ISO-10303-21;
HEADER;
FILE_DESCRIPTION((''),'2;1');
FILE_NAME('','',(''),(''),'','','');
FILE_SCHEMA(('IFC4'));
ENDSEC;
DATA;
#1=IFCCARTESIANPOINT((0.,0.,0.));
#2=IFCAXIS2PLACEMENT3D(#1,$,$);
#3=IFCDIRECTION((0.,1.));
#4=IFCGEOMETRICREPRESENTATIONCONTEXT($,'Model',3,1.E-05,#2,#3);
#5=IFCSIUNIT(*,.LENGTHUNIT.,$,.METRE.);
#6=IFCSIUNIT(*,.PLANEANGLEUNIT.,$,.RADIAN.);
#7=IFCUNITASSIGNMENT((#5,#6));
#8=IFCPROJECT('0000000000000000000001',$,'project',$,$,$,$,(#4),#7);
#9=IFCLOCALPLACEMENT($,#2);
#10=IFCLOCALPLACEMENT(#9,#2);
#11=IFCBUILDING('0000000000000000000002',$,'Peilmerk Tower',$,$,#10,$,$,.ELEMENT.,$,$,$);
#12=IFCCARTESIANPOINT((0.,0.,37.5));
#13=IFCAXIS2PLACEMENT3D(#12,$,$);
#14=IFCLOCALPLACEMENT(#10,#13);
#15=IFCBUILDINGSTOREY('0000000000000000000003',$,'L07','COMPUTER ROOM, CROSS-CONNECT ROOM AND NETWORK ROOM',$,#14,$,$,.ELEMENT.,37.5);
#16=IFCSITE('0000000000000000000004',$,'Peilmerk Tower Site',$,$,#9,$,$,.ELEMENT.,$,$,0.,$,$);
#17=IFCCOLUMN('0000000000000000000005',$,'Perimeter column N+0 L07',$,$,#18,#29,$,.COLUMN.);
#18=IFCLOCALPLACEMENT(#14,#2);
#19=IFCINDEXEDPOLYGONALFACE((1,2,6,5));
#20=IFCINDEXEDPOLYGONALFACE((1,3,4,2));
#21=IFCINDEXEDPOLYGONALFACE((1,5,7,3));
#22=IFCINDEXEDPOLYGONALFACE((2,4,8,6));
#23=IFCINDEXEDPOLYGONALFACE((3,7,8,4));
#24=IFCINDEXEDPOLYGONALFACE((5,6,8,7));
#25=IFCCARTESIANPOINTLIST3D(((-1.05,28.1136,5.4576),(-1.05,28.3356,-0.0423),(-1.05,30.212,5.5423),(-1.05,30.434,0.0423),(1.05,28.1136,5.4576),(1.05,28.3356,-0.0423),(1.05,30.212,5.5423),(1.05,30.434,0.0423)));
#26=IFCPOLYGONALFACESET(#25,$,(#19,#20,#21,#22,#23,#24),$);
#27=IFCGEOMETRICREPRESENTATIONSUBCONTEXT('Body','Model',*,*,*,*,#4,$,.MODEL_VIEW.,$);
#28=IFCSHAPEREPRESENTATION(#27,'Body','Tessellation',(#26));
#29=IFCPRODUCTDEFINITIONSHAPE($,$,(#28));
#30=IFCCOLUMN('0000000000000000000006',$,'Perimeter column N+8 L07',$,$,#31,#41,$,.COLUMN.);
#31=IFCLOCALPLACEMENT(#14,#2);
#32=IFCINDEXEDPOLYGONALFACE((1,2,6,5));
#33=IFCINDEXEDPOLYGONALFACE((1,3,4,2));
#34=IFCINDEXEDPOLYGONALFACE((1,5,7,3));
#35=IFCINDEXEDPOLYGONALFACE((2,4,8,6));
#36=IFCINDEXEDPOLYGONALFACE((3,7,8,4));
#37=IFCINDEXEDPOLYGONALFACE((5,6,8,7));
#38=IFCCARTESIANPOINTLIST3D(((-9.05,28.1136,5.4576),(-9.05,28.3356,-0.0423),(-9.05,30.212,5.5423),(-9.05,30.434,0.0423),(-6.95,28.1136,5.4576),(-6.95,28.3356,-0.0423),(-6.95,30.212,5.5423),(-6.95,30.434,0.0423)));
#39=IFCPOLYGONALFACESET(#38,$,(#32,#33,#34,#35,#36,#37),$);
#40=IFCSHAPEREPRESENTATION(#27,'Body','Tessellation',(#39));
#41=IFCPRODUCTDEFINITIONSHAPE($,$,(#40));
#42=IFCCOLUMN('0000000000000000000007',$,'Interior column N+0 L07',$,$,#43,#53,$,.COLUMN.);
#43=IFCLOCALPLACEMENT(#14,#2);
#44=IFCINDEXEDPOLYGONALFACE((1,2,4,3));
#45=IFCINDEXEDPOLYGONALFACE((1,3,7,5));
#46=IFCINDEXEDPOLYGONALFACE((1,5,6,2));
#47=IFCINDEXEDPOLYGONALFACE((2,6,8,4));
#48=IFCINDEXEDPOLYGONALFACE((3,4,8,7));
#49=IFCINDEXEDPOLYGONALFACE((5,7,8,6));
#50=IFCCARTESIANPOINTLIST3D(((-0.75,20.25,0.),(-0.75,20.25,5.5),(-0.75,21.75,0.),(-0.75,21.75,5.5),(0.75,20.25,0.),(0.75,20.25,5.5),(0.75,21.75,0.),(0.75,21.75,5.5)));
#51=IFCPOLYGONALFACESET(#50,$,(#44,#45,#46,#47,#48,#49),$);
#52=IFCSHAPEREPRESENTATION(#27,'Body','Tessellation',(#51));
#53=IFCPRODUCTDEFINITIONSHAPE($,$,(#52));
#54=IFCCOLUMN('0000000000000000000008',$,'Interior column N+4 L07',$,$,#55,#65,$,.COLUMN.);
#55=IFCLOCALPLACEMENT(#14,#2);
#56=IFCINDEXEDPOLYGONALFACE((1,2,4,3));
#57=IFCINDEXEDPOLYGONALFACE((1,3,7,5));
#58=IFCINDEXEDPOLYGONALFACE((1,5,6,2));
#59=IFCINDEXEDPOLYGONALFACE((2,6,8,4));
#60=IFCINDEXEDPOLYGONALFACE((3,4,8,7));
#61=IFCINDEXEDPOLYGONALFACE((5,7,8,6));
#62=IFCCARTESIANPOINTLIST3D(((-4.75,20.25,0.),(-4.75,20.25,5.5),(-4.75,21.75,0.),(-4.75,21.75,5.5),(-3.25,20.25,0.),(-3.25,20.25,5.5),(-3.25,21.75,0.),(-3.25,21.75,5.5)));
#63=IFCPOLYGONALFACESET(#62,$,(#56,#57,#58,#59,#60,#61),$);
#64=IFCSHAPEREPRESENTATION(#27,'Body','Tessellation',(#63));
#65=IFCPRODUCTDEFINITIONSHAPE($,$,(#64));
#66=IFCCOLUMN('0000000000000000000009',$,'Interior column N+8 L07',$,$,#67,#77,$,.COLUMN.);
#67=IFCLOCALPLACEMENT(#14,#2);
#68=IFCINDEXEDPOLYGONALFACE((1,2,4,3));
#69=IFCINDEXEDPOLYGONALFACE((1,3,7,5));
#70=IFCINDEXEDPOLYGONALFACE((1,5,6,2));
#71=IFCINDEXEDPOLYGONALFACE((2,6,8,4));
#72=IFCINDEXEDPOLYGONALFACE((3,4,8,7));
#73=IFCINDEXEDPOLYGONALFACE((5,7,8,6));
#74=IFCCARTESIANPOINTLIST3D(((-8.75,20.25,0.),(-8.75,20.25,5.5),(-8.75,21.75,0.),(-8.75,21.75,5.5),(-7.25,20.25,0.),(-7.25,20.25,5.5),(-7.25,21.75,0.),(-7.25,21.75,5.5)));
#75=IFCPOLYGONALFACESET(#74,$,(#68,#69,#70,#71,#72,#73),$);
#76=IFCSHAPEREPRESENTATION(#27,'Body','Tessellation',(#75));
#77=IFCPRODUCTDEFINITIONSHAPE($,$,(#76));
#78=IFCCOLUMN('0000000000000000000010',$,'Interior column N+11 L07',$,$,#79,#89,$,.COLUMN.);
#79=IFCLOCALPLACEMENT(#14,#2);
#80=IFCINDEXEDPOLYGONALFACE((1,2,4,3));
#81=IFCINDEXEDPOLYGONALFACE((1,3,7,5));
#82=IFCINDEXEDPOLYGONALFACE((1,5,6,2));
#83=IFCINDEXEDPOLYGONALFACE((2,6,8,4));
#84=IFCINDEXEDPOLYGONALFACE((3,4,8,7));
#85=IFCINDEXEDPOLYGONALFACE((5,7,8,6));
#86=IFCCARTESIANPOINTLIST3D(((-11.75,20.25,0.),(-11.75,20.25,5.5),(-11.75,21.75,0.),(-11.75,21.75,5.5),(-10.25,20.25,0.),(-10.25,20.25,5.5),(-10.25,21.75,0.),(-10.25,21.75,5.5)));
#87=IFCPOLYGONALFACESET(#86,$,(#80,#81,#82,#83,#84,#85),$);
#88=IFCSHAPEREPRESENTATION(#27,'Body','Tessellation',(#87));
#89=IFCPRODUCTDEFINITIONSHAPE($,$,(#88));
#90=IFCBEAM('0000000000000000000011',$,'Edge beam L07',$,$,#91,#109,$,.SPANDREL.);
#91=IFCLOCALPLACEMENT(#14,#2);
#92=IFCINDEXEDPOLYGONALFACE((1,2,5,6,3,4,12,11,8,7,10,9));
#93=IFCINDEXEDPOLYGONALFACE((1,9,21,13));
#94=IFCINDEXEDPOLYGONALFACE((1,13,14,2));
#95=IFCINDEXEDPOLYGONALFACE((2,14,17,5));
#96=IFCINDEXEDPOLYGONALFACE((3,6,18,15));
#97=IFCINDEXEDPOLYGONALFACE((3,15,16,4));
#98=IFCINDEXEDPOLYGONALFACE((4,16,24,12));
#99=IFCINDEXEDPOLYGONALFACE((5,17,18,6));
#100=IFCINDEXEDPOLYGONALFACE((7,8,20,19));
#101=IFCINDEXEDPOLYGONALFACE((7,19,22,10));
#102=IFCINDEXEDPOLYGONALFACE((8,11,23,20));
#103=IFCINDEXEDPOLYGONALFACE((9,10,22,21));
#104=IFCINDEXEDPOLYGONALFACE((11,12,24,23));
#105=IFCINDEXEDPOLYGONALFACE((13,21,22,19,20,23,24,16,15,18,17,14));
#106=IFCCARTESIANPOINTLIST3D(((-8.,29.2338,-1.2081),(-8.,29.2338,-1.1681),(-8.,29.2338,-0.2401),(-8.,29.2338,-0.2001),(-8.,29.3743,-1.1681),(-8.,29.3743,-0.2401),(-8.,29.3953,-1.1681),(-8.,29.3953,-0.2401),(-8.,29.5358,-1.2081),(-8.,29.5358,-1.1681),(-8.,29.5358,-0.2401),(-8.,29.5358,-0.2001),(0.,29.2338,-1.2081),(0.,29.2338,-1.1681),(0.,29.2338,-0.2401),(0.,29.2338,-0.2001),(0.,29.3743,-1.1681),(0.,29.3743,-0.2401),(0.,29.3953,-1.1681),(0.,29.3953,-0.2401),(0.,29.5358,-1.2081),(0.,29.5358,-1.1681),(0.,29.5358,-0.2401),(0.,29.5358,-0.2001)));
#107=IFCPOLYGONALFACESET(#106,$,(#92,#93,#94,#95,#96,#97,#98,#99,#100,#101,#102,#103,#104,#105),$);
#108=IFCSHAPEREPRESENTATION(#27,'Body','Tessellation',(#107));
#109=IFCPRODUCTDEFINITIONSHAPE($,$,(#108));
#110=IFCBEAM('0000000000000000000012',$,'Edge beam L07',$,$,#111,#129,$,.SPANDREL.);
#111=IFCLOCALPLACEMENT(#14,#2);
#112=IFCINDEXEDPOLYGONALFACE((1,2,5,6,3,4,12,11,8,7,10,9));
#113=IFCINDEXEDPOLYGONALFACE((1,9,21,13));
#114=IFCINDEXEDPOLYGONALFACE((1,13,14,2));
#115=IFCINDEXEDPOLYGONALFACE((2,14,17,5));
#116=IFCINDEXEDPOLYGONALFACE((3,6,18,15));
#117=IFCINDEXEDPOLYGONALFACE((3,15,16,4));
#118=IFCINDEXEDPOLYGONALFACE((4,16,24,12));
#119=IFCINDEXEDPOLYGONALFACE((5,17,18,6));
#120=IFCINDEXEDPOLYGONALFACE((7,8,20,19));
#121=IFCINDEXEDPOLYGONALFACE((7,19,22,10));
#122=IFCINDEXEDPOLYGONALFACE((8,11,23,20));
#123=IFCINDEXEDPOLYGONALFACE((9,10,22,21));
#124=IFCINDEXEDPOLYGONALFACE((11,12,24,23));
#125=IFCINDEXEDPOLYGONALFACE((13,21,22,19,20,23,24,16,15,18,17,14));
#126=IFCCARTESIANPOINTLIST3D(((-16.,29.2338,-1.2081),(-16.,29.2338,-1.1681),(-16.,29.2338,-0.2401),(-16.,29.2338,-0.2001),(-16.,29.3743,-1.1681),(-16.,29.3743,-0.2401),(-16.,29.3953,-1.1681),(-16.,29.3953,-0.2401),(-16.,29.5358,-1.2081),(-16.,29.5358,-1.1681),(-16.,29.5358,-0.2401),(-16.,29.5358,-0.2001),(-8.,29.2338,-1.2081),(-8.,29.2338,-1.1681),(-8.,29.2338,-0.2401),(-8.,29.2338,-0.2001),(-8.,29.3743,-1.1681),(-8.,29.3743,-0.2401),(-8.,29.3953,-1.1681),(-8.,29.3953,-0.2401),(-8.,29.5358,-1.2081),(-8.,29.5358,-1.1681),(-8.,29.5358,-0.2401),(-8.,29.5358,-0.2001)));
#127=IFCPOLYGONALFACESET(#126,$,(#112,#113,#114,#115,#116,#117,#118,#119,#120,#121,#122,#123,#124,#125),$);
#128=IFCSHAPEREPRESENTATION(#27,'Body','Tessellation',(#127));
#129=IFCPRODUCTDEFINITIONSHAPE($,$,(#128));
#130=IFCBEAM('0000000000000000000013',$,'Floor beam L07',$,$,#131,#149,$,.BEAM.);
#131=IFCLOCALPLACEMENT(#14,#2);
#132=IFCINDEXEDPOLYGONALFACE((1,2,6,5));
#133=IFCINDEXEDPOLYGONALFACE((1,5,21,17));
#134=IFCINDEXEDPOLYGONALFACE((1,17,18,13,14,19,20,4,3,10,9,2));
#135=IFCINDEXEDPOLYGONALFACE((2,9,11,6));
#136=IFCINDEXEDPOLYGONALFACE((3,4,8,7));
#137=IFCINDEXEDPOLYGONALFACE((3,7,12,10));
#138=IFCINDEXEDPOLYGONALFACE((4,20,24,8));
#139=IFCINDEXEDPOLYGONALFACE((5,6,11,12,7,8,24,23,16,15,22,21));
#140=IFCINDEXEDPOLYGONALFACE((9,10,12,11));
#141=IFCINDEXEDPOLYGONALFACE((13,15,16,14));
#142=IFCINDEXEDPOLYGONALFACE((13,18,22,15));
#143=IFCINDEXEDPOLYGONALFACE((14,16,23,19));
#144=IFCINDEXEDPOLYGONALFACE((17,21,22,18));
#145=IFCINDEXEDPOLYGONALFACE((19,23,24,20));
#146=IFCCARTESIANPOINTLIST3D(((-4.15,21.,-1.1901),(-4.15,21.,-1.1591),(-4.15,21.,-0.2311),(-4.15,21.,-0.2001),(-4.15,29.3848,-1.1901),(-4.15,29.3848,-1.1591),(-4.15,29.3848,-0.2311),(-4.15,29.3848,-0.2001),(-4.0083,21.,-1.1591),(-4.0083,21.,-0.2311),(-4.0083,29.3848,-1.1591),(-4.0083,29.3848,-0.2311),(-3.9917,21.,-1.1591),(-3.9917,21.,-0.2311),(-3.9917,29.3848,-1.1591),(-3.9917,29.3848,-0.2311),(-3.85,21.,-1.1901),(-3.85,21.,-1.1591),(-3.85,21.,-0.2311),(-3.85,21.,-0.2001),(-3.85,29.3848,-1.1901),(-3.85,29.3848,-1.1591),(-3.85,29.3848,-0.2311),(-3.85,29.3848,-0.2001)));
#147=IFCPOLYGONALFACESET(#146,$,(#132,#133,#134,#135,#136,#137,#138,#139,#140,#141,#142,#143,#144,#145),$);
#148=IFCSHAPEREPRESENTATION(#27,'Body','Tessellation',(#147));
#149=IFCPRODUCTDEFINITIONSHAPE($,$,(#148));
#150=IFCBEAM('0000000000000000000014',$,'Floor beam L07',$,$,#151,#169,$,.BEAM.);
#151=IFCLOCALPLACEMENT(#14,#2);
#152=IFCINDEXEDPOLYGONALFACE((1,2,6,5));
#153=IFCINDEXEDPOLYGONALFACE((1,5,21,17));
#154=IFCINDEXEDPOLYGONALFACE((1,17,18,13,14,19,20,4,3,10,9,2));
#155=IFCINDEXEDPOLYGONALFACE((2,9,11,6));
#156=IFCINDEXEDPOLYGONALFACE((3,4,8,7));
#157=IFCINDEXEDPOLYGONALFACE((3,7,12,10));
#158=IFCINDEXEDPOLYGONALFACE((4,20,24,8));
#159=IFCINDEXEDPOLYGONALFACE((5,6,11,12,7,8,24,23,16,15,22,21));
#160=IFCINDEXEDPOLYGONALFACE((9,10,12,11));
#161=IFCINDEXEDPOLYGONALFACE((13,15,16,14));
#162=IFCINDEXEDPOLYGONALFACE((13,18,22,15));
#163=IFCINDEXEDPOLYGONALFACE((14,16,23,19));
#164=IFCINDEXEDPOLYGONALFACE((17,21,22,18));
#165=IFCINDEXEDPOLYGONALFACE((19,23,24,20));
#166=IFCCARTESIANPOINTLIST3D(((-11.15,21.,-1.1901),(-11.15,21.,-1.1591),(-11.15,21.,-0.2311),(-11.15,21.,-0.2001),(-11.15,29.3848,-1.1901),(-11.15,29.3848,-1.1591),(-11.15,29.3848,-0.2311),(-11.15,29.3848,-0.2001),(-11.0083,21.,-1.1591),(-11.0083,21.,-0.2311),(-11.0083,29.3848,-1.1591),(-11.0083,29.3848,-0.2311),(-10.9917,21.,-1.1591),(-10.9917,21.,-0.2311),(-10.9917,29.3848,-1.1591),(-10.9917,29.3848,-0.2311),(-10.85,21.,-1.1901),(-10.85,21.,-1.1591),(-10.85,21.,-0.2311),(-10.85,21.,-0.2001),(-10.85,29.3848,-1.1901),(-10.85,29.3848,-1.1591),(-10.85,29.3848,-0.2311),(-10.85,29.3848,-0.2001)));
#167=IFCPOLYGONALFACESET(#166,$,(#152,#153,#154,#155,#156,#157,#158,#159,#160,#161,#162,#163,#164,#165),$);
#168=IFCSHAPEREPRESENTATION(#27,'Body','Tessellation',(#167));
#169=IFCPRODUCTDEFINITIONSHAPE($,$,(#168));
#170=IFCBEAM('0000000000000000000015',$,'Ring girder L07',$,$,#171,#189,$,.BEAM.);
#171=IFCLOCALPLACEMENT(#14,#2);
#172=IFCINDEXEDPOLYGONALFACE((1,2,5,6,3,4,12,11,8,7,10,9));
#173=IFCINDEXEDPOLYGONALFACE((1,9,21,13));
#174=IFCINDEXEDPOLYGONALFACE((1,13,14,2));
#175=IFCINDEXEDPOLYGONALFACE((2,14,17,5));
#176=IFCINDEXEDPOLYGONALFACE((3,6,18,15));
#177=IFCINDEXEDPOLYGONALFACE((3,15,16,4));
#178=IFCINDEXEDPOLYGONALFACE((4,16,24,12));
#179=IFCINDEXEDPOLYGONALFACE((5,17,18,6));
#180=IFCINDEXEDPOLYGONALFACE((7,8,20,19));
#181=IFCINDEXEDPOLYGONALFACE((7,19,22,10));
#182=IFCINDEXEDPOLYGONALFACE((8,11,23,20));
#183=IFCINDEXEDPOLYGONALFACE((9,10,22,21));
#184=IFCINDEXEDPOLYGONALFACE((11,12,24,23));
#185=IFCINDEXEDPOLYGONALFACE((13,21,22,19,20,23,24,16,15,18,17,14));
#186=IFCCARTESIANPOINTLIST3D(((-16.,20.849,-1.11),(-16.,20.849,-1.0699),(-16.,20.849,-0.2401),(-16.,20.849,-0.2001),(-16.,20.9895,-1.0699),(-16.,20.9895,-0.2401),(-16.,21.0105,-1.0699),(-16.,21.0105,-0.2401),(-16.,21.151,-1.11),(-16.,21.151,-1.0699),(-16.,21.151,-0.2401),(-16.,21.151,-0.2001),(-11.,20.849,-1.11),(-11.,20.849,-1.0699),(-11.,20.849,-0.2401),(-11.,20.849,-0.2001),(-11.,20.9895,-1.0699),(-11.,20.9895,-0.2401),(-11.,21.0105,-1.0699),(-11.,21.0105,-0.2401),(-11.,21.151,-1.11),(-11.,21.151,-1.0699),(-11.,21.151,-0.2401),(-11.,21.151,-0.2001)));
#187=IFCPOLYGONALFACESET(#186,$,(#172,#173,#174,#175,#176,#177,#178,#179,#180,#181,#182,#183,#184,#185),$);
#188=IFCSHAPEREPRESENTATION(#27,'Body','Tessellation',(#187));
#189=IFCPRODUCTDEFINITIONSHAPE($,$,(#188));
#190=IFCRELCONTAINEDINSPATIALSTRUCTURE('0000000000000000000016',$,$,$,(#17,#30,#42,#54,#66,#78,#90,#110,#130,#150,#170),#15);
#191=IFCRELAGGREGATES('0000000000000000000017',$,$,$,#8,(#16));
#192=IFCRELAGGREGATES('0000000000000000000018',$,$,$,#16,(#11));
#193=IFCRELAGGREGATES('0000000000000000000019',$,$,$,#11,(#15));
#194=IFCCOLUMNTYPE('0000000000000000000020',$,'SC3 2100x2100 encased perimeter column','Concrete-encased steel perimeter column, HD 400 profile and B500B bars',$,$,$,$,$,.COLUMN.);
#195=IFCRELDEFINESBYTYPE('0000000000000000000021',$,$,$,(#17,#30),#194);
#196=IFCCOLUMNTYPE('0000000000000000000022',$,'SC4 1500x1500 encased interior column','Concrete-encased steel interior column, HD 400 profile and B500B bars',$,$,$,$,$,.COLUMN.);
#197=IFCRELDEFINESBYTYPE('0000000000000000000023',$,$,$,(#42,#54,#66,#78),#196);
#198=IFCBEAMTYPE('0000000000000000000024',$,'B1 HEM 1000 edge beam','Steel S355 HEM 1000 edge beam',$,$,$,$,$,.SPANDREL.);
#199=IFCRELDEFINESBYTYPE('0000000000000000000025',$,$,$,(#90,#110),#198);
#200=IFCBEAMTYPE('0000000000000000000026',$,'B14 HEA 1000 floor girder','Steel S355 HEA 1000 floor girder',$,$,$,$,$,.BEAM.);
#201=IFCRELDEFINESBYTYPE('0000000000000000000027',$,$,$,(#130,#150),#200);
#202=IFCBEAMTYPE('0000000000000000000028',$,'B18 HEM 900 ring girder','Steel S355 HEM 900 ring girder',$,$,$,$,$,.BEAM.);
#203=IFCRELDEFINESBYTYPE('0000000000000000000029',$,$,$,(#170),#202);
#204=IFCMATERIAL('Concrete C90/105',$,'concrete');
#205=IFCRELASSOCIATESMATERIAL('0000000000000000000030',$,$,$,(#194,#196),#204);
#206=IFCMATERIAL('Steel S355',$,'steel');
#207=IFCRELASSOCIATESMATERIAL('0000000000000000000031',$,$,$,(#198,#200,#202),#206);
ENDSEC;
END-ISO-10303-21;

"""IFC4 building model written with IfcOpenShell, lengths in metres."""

from ifc_helpers import new_model, si_unit, direction, frame, origin, origin_2d, place, context, subcontext, project, spatial, rectangle, i_section, extrude, material, material_profile, profile_set, type_object, element, save


model = new_model("IFC4")

# Units and contexts
model_context = context("Model", 3, precision=1e-05, world=origin(), true_north=direction((0.0, 1.0)))
body_context = subcontext(model_context, "Body", "Model", "MODEL_VIEW")
ifc_project = project(units=[si_unit("LENGTHUNIT", "METRE"), si_unit("PLANEANGLEUNIT", "RADIAN")], contexts=[model_context])

# Site, building, storey
site_placement = place(None, origin())
site = spatial("IfcSite", under=ifc_project, at=site_placement, Name="Peilmerk Tower Site", CompositionType="ELEMENT", RefElevation=0.0)
building_placement = place(site_placement, origin())
building = spatial("IfcBuilding", under=site, at=building_placement, Name="Peilmerk Tower", CompositionType="ELEMENT")
storey_placement = place(building_placement, frame((0.0, 0.0, 37.5)))
storey = spatial("IfcBuildingStorey", under=building, at=storey_placement, Name="L07", Description="COMPUTER ROOM, CROSS-CONNECT ROOM AND NETWORK ROOM", CompositionType="ELEMENT", Elevation=37.5)

# Columns
ifc_material_1 = material(Name="Concrete C90/105", Category="concrete")
ifc_material_profile_1 = material_profile(ifc_material_1, rectangle(XDim=2.1001, YDim=2.1001, at=origin_2d()), Name="RC 2100x2100")
ifc_profile_set_1 = profile_set([ifc_material_profile_1], Name="Concrete C90/105")
column_type_1 = type_object("IfcColumnType", Name="SC3 2100x2100 encased perimeter column", Description="Concrete-encased steel perimeter column, HD 400 profile and B500B bars", PredefinedType="COLUMN", material=ifc_profile_set_1)
for number, where, z_axis, x_axis, name in (
    (1, (0.0, 29.3848, 0.0), (0.0, -0.040317, 0.999187), (1.0, 0.0, 0.0), "Perimeter column N+0 L07"),
    (2, (-8.0, 29.3848, 0.0), (0.0, -0.040317, 0.999187), (1.0, 0.0, 0.0), "Perimeter column N+8 L07"),
):
    element("IfcColumn", number, at=place(storey_placement, frame(where, z_axis=z_axis, x_axis=x_axis)), inside=storey, type_object=column_type_1, Name=name, PredefinedType="COLUMN", context=body_context, shape_type="SweptSolid", body=[
        extrude(rectangle(XDim=2.1001, YDim=2.1001, at=origin_2d()), origin(), (0.0, 0.0, 1.0), 5.5044),
    ])
ifc_material_profile_2 = material_profile(ifc_material_1, rectangle(XDim=1.5, YDim=1.5, at=origin_2d()), Name="RC 1500x1500")
ifc_profile_set_2 = profile_set([ifc_material_profile_2], Name="Concrete C90/105")
column_type_2 = type_object("IfcColumnType", Name="SC4 1500x1500 encased interior column", Description="Concrete-encased steel interior column, HD 400 profile and B500B bars", PredefinedType="COLUMN", material=ifc_profile_set_2)
for number, where, z_axis, x_axis, name in (
    (3, (0.0, 21.0, 0.0), (0.0, 0.0, 1.0), (1.0, 0.0, 0.0), "Interior column N+0 L07"),
    (4, (-4.0, 21.0, 0.0), (0.0, 0.0, 1.0), (1.0, 0.0, 0.0), "Interior column N+4 L07"),
    (5, (-8.0, 21.0, 0.0), (0.0, 0.0, 1.0), (1.0, 0.0, 0.0), "Interior column N+8 L07"),
    (6, (-11.0, 21.0, 0.0), (0.0, 0.0, 1.0), (1.0, 0.0, 0.0), "Interior column N+11 L07"),
):
    element("IfcColumn", number, at=place(storey_placement, frame(where, z_axis=z_axis, x_axis=x_axis)), inside=storey, type_object=column_type_2, Name=name, PredefinedType="COLUMN", context=body_context, shape_type="SweptSolid", body=[
        extrude(rectangle(XDim=1.5, YDim=1.5, at=origin_2d()), origin(), (0.0, 0.0, 1.0), 5.5),
    ])

# Beams
ifc_material_2 = material(Name="Steel S355", Category="steel")
ifc_material_profile_3 = material_profile(ifc_material_2, i_section(OverallWidth=0.302, OverallDepth=1.0081, WebThickness=0.021, FlangeThickness=0.04, at=origin_2d()), Name="HEM 1000")
ifc_profile_set_3 = profile_set([ifc_material_profile_3], Name="Steel S355")
beam_type_1 = type_object("IfcBeamType", Name="B1 HEM 1000 edge beam", Description="Steel S355 HEM 1000 edge beam", PredefinedType="SPANDREL", material=ifc_profile_set_3)
for number, where, z_axis, x_axis, name in (
    (7, (0.0, 29.3848, -0.7041), (-1.0, 0.0, 0.0), (0.0, -1.0, 0.0), "Edge beam L07"),
    (8, (-8.0, 29.3848, -0.7041), (-1.0, 0.0, 0.0), (0.0, -1.0, 0.0), "Edge beam L07"),
):
    element("IfcBeam", number, at=place(storey_placement, frame(where, z_axis=z_axis, x_axis=x_axis)), inside=storey, type_object=beam_type_1, Name=name, PredefinedType="SPANDREL", context=body_context, shape_type="SweptSolid", body=[
        extrude(i_section(OverallWidth=0.302, OverallDepth=1.0081, WebThickness=0.021, FlangeThickness=0.04, at=origin_2d()), origin(), (0.0, 0.0, 1.0), 8.0),
    ])
ifc_material_profile_4 = material_profile(ifc_material_2, i_section(OverallWidth=0.3, OverallDepth=0.99, WebThickness=0.0166, FlangeThickness=0.031, at=origin_2d()), Name="HEA 1000")
ifc_profile_set_4 = profile_set([ifc_material_profile_4], Name="Steel S355")
beam_type_2 = type_object("IfcBeamType", Name="B14 HEA 1000 floor girder", Description="Steel S355 HEA 1000 floor girder", PredefinedType="BEAM", material=ifc_profile_set_4)
for number, where, z_axis, x_axis, name in (
    (9, (-4.0, 21.0, -0.6951), (0.0, 1.0, 0.0), (-1.0, 0.0, 0.0), "Floor beam L07"),
    (10, (-11.0, 21.0, -0.6951), (0.0, 1.0, 0.0), (-1.0, 0.0, 0.0), "Floor beam L07"),
):
    element("IfcBeam", number, at=place(storey_placement, frame(where, z_axis=z_axis, x_axis=x_axis)), inside=storey, type_object=beam_type_2, Name=name, PredefinedType="BEAM", context=body_context, shape_type="SweptSolid", body=[
        extrude(i_section(OverallWidth=0.3, OverallDepth=0.99, WebThickness=0.0166, FlangeThickness=0.031, at=origin_2d()), origin(), (0.0, 0.0, 1.0), 8.3848),
    ])
ifc_material_profile_5 = material_profile(ifc_material_2, i_section(OverallWidth=0.302, OverallDepth=0.9099, WebThickness=0.021, FlangeThickness=0.04, at=origin_2d()), Name="HEM 900")
ifc_profile_set_5 = profile_set([ifc_material_profile_5], Name="Steel S355")
beam_type_3 = type_object("IfcBeamType", Name="B18 HEM 900 ring girder", Description="Steel S355 HEM 900 ring girder", PredefinedType="BEAM", material=ifc_profile_set_5)
beam_1_placement = place(storey_placement, frame((-11.0, 21.0, -0.655), z_axis=(-1.0, 0.0, 0.0), x_axis=(0.0, -1.0, 0.0)))
element("IfcBeam", 11, at=beam_1_placement, inside=storey, type_object=beam_type_3, Name="Ring girder L07", PredefinedType="BEAM", context=body_context, shape_type="SweptSolid", body=[
    extrude(i_section(OverallWidth=0.302, OverallDepth=0.9099, WebThickness=0.021, FlangeThickness=0.04, at=origin_2d()), origin(), (0.0, 0.0, 1.0), 5.0),
])

save(model, "model.ifc")
